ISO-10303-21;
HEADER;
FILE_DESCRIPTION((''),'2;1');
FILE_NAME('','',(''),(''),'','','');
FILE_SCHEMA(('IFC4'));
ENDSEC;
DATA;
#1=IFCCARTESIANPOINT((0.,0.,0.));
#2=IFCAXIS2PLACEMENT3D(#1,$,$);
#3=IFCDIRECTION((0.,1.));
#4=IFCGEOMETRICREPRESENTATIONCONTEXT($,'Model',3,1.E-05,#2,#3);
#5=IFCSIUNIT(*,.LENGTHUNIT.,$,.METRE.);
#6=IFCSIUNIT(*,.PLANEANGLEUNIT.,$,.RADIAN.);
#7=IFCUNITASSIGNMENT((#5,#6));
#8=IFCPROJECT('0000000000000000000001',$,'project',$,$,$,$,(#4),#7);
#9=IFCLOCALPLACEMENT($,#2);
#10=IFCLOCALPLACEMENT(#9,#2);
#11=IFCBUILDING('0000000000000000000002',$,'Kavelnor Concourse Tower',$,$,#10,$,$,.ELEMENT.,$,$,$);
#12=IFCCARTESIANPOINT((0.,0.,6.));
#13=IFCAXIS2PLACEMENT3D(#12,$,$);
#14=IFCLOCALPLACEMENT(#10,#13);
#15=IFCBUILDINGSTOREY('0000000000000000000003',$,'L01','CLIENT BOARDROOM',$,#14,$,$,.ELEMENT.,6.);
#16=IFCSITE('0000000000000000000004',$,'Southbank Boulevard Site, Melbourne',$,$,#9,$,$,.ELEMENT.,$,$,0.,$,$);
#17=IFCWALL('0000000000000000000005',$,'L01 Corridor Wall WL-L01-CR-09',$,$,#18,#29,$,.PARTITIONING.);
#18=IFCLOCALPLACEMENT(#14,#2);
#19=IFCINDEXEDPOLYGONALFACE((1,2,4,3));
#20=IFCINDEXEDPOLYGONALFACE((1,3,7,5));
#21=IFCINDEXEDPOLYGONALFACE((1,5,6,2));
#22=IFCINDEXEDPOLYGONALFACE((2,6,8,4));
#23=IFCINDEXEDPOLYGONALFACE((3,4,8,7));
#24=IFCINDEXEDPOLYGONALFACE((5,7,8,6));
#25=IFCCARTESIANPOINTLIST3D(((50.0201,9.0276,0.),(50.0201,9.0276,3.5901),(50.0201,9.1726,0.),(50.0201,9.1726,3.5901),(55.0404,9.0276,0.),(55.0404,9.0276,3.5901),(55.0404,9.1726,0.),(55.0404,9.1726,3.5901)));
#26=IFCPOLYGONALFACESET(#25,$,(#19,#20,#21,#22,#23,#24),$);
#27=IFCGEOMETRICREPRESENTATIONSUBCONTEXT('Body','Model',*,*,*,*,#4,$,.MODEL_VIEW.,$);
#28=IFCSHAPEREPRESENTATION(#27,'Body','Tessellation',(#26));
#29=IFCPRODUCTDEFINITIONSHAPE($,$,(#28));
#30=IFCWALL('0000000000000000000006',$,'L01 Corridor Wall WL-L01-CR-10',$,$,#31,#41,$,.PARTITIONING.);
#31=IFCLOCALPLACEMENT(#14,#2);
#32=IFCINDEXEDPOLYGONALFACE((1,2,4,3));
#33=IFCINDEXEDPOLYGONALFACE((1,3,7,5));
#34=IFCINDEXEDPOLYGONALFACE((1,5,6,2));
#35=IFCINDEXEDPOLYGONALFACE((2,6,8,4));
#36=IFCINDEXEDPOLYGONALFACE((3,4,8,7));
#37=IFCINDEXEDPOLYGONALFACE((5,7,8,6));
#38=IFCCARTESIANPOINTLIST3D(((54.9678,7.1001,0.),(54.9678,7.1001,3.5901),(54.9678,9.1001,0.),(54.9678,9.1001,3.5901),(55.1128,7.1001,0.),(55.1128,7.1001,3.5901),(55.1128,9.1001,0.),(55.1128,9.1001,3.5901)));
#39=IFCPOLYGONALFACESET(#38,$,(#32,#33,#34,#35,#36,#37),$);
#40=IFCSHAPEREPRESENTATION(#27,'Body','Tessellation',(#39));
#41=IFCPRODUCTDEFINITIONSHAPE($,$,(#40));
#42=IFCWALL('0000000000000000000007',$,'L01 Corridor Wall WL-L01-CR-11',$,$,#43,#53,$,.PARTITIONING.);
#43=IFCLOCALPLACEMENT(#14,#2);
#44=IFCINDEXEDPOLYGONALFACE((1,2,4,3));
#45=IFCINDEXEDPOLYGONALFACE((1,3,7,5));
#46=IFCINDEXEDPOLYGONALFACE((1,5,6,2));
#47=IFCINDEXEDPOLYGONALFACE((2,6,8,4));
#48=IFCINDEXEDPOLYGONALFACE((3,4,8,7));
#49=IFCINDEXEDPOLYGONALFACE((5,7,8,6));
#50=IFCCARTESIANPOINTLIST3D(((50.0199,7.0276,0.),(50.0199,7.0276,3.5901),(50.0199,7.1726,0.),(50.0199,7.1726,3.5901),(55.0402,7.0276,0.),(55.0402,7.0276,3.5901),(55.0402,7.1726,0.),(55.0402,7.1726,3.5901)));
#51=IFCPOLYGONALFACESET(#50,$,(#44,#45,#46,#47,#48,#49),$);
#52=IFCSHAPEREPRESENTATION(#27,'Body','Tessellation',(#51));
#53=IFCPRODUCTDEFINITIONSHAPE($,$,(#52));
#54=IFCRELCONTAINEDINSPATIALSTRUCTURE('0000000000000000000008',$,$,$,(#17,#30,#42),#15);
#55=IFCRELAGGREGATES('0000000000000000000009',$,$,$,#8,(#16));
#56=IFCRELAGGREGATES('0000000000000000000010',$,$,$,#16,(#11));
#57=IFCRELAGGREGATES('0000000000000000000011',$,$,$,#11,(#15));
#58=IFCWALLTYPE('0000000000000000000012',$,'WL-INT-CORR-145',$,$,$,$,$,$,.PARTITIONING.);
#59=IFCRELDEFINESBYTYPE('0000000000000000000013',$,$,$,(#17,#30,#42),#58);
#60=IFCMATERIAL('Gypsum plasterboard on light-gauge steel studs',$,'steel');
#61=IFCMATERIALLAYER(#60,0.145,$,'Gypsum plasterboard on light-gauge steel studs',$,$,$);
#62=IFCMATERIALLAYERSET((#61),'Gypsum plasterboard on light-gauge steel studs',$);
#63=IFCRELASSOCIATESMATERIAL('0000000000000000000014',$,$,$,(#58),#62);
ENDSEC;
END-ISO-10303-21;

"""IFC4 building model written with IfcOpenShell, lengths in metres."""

from ifc_helpers import new_model, si_unit, direction, frame, frame_2d, origin, place, context, subcontext, project, spatial, rectangle, extrude, material, layer, layer_set, type_object, element, save


model = new_model("IFC4")

# Units and contexts
model_context = context("Model", 3, precision=1e-05, world=origin(), true_north=direction((0.0, 1.0)))
body_context = subcontext(model_context, "Body", "Model", "MODEL_VIEW")
ifc_project = project(units=[si_unit("LENGTHUNIT", "METRE"), si_unit("PLANEANGLEUNIT", "RADIAN")], contexts=[model_context])

# Site, building, storey
site_placement = place(None, origin())
site = spatial("IfcSite", under=ifc_project, at=site_placement, Name="Southbank Boulevard Site, Melbourne", CompositionType="ELEMENT", RefElevation=0.0)
building_placement = place(site_placement, origin())
building = spatial("IfcBuilding", under=site, at=building_placement, Name="Kavelnor Concourse Tower", CompositionType="ELEMENT")
storey_placement = place(building_placement, frame((0.0, 0.0, 6.0)))
storey = spatial("IfcBuildingStorey", under=building, at=storey_placement, Name="L01", Description="CLIENT BOARDROOM", CompositionType="ELEMENT", Elevation=6.0)

# Walls
ifc_material_1 = material(Name="Gypsum plasterboard on light-gauge steel studs", Category="steel")
ifc_layer_1 = layer(ifc_material_1, 0.145, Name="Gypsum plasterboard on light-gauge steel studs")
ifc_layer_set_1 = layer_set([ifc_layer_1], Name="Gypsum plasterboard on light-gauge steel studs")
wall_type_1 = type_object("IfcWallType", Name="WL-INT-CORR-145", PredefinedType="PARTITIONING", material=ifc_layer_set_1)
wall_1_placement = place(storey_placement, frame((50.02, 9.1001, 0.0), z_axis=(0.0, 0.0, 1.0), x_axis=(1.0, 0.0, 0.0)))
element("IfcWall", 1, at=wall_1_placement, inside=storey, type_object=wall_type_1, Name="L01 Corridor Wall WL-L01-CR-09", PredefinedType="PARTITIONING", context=body_context, shape_type="SweptSolid", body=[
    extrude(rectangle(XDim=5.0203, YDim=0.145, at=frame_2d((2.5103, 0.0))), origin(), (0.0, 0.0, 1.0), 3.5901),
])
wall_2_placement = place(storey_placement, frame((55.0403, 9.1001, 0.0), z_axis=(0.0, 0.0, 1.0), x_axis=(0.0, -1.0, 0.0)))
element("IfcWall", 2, at=wall_2_placement, inside=storey, type_object=wall_type_1, Name="L01 Corridor Wall WL-L01-CR-10", PredefinedType="PARTITIONING", context=body_context, shape_type="SweptSolid", body=[
    extrude(rectangle(XDim=2.0, YDim=0.145, at=frame_2d((1.0, 0.0))), origin(), (0.0, 0.0, 1.0), 3.5901),
])
wall_3_placement = place(storey_placement, frame((55.0403, 7.1001, 0.0), z_axis=(0.0, 0.0, 1.0), x_axis=(-1.0, 0.0, 0.0)))
element("IfcWall", 3, at=wall_3_placement, inside=storey, type_object=wall_type_1, Name="L01 Corridor Wall WL-L01-CR-11", PredefinedType="PARTITIONING", context=body_context, shape_type="SweptSolid", body=[
    extrude(rectangle(XDim=5.0203, YDim=0.145, at=frame_2d((2.5103, 0.0))), origin(), (0.0, 0.0, 1.0), 3.5901),
])

save(model, "model.ifc")
